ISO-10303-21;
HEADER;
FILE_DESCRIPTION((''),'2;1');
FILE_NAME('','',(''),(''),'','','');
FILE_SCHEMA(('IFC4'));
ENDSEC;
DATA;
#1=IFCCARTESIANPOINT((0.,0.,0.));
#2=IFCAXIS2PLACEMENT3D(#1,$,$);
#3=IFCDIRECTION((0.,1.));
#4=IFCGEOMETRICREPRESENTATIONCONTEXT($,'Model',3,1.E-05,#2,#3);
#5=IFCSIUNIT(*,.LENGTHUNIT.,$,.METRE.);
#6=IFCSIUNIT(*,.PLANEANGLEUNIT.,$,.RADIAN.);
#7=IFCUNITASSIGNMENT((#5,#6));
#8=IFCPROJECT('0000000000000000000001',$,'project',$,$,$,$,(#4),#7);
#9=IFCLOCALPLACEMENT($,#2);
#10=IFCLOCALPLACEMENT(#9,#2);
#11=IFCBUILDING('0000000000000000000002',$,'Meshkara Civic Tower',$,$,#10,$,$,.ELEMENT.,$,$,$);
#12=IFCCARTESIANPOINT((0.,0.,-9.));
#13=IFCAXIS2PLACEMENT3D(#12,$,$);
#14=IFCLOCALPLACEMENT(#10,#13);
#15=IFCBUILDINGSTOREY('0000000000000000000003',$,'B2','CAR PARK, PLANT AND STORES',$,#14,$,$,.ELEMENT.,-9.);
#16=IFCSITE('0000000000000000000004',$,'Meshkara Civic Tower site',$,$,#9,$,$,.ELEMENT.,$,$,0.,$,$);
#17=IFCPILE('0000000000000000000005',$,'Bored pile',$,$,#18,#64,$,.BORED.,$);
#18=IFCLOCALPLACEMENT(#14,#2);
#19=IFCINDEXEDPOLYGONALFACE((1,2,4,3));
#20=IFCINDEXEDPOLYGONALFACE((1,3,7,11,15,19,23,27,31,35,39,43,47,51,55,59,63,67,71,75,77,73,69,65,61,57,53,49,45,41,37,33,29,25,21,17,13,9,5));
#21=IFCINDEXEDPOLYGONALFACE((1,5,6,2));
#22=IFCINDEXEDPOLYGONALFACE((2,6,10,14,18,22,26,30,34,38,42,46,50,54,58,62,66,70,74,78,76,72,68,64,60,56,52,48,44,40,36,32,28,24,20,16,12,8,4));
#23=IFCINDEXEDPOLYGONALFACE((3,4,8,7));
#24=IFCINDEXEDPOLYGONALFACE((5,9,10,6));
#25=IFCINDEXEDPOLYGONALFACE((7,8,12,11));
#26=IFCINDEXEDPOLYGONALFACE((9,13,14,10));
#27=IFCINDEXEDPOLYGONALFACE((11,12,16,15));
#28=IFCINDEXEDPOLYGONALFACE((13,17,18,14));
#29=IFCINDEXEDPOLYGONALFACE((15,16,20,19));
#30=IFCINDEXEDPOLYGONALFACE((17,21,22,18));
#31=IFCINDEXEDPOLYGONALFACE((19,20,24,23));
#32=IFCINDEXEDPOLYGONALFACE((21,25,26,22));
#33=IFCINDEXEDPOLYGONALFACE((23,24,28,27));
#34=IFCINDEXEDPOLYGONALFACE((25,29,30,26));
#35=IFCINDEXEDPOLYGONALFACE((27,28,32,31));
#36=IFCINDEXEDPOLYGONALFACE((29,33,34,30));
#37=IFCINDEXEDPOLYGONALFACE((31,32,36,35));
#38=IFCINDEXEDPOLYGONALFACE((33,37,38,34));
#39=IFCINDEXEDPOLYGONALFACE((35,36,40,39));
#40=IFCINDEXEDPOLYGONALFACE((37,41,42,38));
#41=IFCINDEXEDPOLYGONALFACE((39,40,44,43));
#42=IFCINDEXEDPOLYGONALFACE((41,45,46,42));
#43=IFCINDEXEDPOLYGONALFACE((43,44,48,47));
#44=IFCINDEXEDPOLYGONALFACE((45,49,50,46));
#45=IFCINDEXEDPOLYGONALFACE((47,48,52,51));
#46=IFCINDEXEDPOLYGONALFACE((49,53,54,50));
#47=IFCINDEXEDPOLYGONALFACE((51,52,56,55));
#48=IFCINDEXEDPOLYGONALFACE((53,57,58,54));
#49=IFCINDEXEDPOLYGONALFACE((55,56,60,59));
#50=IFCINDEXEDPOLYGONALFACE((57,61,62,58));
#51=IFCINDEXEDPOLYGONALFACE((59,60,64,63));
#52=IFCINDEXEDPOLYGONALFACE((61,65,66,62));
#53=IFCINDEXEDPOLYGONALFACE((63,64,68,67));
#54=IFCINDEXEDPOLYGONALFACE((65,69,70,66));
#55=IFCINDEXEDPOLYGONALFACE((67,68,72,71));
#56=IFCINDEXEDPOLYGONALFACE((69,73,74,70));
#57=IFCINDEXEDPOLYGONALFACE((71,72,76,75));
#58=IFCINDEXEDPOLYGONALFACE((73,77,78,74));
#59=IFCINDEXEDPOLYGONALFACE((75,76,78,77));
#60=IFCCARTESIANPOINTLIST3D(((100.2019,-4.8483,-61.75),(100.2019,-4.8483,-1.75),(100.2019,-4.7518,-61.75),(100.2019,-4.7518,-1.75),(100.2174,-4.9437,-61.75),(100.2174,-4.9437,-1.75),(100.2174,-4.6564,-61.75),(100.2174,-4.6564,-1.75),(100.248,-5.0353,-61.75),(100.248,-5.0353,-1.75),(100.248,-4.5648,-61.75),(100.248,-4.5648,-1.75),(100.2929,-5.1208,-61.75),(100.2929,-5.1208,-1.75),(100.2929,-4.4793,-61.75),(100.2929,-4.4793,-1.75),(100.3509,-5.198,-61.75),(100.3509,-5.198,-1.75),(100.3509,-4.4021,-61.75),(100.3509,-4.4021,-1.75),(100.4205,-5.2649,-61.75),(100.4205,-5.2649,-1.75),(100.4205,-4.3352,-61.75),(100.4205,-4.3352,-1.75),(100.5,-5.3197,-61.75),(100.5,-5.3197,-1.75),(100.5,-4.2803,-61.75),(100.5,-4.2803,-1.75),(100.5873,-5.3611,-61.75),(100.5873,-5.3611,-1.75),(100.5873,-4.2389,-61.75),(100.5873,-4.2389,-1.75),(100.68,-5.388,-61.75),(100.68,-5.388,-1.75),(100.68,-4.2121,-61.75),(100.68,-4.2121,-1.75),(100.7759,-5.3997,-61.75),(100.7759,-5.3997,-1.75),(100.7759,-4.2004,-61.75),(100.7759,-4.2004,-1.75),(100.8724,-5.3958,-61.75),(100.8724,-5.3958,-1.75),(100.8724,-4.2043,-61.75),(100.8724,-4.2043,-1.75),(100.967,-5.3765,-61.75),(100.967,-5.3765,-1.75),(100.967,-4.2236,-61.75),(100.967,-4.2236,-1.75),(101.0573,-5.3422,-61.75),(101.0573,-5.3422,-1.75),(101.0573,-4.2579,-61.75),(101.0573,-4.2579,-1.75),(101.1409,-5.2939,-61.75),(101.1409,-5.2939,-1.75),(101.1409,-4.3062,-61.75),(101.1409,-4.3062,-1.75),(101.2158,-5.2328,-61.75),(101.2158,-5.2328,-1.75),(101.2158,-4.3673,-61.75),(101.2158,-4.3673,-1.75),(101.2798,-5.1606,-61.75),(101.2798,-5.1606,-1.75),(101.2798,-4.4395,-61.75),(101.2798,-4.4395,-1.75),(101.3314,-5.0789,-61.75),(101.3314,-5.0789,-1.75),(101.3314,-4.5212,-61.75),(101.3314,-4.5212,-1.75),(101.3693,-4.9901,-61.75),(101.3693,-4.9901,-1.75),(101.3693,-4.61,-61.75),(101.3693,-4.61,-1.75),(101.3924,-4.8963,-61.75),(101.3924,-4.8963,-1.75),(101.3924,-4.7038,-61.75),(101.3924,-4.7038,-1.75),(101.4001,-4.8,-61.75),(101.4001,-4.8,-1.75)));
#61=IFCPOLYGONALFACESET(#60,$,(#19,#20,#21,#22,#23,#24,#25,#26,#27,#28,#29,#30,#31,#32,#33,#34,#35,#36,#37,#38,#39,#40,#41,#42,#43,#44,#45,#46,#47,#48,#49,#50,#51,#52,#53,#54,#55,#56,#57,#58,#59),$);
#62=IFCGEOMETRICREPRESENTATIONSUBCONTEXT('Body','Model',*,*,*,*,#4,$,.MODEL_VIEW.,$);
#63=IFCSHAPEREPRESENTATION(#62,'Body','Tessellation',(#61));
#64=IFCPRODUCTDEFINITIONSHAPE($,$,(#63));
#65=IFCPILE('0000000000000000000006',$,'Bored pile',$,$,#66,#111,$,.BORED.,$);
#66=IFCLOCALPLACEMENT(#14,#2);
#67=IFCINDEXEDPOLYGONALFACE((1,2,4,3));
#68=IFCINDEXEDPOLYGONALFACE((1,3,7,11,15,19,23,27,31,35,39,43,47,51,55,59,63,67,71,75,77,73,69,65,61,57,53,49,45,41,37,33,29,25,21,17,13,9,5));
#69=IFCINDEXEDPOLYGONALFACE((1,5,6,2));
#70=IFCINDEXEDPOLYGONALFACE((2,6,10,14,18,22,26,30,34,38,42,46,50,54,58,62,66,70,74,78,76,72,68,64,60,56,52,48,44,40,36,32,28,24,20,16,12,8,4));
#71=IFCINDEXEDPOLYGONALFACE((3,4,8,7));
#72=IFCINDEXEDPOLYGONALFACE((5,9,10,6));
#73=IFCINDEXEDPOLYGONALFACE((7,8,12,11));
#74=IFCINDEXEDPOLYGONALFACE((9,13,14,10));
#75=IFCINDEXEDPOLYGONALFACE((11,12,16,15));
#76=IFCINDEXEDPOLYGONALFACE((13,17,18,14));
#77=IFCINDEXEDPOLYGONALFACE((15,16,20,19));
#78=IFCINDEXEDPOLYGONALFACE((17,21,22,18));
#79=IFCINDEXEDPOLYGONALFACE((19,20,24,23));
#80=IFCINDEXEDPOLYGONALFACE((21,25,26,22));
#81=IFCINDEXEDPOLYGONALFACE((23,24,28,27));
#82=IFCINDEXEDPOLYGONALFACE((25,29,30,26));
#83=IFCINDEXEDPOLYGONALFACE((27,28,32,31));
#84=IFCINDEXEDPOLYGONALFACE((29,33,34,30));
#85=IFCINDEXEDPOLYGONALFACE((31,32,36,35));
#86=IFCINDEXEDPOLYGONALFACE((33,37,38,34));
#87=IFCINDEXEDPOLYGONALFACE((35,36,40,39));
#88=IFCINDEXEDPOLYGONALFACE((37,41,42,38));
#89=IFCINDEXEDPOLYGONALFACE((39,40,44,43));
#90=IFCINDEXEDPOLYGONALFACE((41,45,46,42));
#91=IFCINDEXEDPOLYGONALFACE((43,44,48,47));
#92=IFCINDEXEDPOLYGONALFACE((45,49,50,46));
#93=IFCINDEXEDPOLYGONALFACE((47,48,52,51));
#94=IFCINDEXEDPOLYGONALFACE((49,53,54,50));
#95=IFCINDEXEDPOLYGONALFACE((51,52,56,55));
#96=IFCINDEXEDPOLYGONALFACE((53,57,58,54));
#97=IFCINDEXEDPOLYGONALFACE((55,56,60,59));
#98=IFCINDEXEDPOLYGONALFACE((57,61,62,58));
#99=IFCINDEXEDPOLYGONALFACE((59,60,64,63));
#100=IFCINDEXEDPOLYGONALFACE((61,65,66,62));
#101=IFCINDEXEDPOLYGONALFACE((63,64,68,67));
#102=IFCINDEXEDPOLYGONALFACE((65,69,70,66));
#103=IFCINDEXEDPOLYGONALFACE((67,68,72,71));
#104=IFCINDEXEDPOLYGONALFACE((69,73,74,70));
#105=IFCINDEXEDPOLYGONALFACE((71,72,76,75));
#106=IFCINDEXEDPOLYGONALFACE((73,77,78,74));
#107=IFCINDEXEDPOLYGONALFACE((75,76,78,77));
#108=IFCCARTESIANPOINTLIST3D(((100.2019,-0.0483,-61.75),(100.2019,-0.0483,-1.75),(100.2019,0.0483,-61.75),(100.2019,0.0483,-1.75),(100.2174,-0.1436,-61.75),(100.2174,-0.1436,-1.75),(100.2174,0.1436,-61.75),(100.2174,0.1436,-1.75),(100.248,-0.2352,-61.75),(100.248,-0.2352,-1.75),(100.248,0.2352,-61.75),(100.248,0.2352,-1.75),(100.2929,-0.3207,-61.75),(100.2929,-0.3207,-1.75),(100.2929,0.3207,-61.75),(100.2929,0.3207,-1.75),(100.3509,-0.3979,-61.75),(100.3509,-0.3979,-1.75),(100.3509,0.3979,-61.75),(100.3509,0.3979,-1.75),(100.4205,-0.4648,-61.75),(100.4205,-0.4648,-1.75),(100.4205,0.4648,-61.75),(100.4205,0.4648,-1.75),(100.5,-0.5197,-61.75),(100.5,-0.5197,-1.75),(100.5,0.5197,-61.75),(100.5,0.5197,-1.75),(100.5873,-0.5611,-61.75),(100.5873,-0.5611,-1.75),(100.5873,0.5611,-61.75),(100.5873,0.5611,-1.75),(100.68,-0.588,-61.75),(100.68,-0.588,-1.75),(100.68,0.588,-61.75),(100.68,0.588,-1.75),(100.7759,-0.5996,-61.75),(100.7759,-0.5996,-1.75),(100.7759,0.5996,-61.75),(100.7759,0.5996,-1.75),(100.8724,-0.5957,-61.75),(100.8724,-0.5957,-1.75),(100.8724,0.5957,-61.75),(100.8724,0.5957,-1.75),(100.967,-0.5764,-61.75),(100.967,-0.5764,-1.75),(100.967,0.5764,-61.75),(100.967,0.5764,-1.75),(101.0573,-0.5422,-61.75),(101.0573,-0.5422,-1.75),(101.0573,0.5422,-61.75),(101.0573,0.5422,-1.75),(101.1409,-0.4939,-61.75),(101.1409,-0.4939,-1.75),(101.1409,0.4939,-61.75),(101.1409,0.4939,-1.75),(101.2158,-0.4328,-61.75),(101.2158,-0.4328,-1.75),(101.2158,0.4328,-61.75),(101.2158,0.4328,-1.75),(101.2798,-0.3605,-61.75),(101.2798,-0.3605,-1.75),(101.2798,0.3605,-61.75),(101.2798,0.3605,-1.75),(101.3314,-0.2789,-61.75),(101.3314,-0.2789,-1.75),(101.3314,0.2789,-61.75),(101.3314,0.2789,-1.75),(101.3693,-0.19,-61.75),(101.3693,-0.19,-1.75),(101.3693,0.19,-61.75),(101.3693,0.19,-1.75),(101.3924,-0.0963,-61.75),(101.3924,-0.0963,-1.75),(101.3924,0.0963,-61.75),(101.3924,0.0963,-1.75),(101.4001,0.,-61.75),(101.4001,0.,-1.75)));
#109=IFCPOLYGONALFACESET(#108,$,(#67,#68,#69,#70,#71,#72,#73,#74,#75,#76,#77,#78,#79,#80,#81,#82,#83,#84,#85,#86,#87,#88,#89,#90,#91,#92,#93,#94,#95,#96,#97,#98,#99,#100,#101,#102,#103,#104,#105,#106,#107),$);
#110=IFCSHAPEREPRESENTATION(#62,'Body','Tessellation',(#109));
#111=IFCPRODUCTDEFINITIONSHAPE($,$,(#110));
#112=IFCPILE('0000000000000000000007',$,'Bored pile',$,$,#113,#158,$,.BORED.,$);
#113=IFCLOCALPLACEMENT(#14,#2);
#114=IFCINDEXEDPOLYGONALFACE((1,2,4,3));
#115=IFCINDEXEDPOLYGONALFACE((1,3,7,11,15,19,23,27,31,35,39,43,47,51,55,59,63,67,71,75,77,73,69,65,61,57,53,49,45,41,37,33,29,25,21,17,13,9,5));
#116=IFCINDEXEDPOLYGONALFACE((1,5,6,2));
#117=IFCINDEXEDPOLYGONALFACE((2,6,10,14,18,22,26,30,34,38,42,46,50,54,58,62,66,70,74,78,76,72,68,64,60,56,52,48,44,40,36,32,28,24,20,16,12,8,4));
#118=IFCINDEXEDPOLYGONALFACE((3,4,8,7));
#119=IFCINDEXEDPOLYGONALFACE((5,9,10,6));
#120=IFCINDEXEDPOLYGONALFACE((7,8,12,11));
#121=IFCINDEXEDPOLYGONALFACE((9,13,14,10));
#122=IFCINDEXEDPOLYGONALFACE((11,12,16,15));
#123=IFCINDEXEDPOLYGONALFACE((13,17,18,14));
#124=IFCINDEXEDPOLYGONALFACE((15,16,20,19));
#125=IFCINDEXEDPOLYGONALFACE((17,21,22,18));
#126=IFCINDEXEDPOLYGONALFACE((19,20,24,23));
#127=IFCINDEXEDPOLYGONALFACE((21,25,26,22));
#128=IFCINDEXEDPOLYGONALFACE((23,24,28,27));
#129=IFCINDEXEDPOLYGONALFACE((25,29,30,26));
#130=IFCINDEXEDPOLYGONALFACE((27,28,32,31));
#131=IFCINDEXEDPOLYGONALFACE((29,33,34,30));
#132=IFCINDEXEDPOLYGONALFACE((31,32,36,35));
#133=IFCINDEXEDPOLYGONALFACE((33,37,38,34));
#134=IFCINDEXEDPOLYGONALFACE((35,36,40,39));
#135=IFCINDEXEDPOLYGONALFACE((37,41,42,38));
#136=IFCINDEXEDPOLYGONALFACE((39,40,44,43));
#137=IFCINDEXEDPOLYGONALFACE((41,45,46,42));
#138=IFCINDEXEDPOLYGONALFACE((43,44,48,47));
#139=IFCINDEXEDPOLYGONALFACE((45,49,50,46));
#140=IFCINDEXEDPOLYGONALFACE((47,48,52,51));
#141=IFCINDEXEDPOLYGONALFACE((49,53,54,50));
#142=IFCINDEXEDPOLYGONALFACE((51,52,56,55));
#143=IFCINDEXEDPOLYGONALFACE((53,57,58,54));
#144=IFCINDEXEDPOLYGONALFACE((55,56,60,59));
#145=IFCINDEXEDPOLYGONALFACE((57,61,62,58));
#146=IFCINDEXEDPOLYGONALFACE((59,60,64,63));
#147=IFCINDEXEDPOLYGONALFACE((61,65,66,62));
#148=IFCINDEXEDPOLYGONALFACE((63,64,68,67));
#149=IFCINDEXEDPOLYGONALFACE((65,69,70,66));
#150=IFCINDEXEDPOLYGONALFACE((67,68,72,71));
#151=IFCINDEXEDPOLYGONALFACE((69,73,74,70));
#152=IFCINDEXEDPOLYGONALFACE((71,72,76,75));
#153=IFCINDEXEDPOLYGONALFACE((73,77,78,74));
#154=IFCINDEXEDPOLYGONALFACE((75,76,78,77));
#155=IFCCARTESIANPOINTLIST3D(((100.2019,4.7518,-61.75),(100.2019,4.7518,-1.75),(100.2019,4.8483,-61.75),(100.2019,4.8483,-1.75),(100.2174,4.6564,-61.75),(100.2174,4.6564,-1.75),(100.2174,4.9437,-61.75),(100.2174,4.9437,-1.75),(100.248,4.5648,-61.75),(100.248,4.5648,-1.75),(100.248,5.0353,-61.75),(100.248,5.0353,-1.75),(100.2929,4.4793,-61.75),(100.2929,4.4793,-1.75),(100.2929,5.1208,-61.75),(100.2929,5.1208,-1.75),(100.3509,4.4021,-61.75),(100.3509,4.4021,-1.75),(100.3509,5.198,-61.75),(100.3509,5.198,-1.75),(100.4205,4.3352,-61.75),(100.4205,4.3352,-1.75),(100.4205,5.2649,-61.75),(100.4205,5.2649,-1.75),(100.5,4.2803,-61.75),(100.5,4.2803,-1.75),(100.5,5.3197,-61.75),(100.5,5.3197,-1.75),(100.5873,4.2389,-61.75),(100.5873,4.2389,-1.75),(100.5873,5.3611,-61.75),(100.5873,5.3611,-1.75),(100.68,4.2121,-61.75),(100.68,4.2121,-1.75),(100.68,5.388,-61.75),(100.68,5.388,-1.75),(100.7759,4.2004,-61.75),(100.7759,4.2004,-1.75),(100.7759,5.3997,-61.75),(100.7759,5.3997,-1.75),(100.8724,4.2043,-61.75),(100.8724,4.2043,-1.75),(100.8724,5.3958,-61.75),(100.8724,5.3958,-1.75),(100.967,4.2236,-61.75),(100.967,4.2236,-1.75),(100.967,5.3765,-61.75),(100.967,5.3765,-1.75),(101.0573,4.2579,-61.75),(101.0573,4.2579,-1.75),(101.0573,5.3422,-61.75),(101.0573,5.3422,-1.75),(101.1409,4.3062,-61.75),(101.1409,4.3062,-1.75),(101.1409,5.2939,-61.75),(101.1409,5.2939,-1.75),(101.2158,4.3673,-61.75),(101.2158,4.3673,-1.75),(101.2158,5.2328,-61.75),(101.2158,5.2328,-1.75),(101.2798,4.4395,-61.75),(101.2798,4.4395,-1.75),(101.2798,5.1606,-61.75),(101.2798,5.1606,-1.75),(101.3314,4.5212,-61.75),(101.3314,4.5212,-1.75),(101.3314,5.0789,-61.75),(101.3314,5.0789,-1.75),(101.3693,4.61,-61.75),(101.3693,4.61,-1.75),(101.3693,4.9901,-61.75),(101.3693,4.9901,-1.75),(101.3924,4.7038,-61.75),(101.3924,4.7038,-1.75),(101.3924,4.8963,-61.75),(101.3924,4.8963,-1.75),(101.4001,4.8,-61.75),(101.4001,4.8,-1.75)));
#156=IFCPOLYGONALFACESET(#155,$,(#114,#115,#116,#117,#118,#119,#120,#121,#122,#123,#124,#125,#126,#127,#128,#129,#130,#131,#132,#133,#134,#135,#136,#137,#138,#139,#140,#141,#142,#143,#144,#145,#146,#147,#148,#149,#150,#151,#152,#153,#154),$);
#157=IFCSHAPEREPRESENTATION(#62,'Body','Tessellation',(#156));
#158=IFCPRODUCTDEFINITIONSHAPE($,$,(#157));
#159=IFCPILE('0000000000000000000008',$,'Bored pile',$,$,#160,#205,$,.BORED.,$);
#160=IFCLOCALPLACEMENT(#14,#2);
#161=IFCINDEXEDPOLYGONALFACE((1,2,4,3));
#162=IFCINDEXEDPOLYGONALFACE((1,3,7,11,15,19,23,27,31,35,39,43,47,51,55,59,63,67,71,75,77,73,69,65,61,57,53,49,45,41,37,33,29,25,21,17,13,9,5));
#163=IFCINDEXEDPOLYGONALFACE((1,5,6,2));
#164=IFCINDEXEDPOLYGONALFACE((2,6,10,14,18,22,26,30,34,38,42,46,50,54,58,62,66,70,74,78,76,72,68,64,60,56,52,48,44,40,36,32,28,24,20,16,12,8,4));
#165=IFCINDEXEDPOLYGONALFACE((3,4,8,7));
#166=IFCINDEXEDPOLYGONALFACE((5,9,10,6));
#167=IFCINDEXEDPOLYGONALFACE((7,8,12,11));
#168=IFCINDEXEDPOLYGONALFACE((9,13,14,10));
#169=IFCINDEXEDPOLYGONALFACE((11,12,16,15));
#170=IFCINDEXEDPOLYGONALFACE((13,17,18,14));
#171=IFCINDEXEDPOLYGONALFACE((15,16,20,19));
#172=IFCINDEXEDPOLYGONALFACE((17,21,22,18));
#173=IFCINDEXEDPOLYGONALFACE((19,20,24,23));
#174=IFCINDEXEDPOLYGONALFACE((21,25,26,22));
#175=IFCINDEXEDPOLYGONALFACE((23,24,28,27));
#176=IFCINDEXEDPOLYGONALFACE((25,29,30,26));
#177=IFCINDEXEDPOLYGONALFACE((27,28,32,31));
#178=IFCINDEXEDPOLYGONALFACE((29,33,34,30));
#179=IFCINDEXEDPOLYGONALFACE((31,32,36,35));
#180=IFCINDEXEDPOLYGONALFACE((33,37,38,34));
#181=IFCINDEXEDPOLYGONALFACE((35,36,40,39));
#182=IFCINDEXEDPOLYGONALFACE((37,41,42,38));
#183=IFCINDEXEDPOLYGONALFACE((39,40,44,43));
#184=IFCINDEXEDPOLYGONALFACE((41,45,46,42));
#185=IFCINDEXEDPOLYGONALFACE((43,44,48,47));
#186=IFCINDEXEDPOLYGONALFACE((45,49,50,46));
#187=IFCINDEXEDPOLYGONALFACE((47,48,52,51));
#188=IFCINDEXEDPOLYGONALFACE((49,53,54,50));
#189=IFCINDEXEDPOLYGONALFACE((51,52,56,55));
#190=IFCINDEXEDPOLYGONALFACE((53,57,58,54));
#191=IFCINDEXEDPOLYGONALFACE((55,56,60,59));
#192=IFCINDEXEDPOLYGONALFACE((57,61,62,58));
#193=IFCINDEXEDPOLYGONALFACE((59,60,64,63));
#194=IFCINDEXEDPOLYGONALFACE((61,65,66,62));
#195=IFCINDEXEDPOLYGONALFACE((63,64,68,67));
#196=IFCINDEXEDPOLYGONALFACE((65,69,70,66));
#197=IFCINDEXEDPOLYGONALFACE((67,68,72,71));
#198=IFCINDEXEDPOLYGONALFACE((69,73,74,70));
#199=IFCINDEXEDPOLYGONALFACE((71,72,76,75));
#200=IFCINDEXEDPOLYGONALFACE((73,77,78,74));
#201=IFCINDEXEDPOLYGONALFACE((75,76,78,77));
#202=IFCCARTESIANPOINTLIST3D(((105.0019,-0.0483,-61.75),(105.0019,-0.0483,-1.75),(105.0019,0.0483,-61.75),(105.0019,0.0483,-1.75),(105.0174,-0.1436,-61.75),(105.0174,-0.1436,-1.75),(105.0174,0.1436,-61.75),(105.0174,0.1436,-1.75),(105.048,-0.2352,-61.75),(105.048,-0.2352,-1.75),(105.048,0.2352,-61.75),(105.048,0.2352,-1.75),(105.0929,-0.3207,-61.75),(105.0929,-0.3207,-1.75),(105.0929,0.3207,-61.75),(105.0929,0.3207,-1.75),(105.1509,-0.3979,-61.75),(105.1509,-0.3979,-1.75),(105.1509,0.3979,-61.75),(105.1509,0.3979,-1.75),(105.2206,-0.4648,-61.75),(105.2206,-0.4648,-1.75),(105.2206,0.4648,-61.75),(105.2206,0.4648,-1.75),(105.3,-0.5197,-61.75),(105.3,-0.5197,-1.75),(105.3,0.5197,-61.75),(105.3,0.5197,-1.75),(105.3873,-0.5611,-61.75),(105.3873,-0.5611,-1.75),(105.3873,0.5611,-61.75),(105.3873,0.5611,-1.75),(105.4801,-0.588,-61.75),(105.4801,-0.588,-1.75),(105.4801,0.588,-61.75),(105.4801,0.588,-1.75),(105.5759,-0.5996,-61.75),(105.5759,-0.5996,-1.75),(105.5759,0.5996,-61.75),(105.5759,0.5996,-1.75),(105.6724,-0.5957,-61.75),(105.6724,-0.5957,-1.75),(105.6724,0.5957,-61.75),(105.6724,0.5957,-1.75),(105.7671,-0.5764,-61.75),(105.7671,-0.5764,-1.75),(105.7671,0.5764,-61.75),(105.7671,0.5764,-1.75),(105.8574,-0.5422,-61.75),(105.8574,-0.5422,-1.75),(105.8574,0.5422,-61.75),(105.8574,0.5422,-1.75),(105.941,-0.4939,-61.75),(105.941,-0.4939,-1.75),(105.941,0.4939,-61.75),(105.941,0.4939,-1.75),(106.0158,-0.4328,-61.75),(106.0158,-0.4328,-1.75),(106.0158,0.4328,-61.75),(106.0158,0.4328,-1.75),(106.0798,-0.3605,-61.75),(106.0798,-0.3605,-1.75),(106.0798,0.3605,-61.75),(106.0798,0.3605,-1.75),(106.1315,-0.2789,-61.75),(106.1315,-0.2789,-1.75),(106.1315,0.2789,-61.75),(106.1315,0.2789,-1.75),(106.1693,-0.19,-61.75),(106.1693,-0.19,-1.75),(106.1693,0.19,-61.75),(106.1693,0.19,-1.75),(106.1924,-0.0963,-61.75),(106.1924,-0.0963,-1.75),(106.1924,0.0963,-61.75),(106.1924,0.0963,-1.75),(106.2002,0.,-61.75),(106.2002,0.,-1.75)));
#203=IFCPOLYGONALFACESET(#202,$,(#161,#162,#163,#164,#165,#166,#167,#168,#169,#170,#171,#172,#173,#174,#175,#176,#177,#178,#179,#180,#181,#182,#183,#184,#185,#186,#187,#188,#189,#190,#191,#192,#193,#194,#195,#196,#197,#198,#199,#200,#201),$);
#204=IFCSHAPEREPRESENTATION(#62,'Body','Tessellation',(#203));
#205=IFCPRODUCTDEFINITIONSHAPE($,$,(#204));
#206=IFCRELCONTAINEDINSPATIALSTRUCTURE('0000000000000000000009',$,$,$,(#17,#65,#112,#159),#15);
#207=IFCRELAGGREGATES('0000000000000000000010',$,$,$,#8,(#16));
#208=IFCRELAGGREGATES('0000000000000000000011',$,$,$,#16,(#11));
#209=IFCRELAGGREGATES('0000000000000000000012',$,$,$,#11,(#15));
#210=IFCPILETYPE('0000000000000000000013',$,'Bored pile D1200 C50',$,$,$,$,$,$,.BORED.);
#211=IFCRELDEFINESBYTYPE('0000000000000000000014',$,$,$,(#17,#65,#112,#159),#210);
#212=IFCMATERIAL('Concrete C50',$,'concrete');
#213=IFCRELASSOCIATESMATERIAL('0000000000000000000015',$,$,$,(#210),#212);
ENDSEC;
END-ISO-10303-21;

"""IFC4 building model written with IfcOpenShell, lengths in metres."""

from ifc_helpers import new_model, si_unit, direction, frame, origin, origin_2d, place, context, subcontext, project, spatial, circle, extrude, material, material_profile, profile_set, type_object, element, save


model = new_model("IFC4")

# Units and contexts
model_context = context("Model", 3, precision=1e-05, world=origin(), true_north=direction((0.0, 1.0)))
body_context = subcontext(model_context, "Body", "Model", "MODEL_VIEW")
ifc_project = project(units=[si_unit("LENGTHUNIT", "METRE"), si_unit("PLANEANGLEUNIT", "RADIAN")], contexts=[model_context])

# Site, building, storey
site_placement = place(None, origin())
site = spatial("IfcSite", under=ifc_project, at=site_placement, Name="Meshkara Civic Tower site", CompositionType="ELEMENT", RefElevation=0.0)
building_placement = place(site_placement, origin())
building = spatial("IfcBuilding", under=site, at=building_placement, Name="Meshkara Civic Tower", CompositionType="ELEMENT")
storey_placement = place(building_placement, frame((0.0, 0.0, -9.0)))
storey = spatial("IfcBuildingStorey", under=building, at=storey_placement, Name="B2", Description="CAR PARK, PLANT AND STORES", CompositionType="ELEMENT", Elevation=-9.0)

# Piles
ifc_material_1 = material(Name="Concrete C50", Category="concrete")
ifc_material_profile_1 = material_profile(ifc_material_1, circle(Radius=0.6001, at=origin_2d()))
ifc_profile_set_1 = profile_set([ifc_material_profile_1], Name="Concrete C50")
pile_type = type_object("IfcPileType", Name="Bored pile D1200 C50", PredefinedType="BORED", material=ifc_profile_set_1)
for number, where, z_axis, x_axis, name in (
    (1, (100.8, -4.8, -1.75), (0.0, 0.0, -1.0), (1.0, 0.0, 0.0), "Bored pile"),
    (2, (100.8, 0.0, -1.75), (0.0, 0.0, -1.0), (1.0, 0.0, 0.0), "Bored pile"),
    (3, (100.8, 4.8, -1.75), (0.0, 0.0, -1.0), (1.0, 0.0, 0.0), "Bored pile"),
    (4, (105.6001, 0.0, -1.75), (0.0, 0.0, -1.0), (1.0, 0.0, 0.0), "Bored pile"),
):
    element("IfcPile", number, at=place(storey_placement, frame(where, z_axis=z_axis, x_axis=x_axis)), inside=storey, type_object=pile_type, Name=name, PredefinedType="BORED", context=body_context, shape_type="SweptSolid", body=[
        extrude(circle(Radius=0.6001, at=origin_2d()), origin(), (0.0, 0.0, 1.0), 60.0),
    ])

save(model, "model.ifc")
